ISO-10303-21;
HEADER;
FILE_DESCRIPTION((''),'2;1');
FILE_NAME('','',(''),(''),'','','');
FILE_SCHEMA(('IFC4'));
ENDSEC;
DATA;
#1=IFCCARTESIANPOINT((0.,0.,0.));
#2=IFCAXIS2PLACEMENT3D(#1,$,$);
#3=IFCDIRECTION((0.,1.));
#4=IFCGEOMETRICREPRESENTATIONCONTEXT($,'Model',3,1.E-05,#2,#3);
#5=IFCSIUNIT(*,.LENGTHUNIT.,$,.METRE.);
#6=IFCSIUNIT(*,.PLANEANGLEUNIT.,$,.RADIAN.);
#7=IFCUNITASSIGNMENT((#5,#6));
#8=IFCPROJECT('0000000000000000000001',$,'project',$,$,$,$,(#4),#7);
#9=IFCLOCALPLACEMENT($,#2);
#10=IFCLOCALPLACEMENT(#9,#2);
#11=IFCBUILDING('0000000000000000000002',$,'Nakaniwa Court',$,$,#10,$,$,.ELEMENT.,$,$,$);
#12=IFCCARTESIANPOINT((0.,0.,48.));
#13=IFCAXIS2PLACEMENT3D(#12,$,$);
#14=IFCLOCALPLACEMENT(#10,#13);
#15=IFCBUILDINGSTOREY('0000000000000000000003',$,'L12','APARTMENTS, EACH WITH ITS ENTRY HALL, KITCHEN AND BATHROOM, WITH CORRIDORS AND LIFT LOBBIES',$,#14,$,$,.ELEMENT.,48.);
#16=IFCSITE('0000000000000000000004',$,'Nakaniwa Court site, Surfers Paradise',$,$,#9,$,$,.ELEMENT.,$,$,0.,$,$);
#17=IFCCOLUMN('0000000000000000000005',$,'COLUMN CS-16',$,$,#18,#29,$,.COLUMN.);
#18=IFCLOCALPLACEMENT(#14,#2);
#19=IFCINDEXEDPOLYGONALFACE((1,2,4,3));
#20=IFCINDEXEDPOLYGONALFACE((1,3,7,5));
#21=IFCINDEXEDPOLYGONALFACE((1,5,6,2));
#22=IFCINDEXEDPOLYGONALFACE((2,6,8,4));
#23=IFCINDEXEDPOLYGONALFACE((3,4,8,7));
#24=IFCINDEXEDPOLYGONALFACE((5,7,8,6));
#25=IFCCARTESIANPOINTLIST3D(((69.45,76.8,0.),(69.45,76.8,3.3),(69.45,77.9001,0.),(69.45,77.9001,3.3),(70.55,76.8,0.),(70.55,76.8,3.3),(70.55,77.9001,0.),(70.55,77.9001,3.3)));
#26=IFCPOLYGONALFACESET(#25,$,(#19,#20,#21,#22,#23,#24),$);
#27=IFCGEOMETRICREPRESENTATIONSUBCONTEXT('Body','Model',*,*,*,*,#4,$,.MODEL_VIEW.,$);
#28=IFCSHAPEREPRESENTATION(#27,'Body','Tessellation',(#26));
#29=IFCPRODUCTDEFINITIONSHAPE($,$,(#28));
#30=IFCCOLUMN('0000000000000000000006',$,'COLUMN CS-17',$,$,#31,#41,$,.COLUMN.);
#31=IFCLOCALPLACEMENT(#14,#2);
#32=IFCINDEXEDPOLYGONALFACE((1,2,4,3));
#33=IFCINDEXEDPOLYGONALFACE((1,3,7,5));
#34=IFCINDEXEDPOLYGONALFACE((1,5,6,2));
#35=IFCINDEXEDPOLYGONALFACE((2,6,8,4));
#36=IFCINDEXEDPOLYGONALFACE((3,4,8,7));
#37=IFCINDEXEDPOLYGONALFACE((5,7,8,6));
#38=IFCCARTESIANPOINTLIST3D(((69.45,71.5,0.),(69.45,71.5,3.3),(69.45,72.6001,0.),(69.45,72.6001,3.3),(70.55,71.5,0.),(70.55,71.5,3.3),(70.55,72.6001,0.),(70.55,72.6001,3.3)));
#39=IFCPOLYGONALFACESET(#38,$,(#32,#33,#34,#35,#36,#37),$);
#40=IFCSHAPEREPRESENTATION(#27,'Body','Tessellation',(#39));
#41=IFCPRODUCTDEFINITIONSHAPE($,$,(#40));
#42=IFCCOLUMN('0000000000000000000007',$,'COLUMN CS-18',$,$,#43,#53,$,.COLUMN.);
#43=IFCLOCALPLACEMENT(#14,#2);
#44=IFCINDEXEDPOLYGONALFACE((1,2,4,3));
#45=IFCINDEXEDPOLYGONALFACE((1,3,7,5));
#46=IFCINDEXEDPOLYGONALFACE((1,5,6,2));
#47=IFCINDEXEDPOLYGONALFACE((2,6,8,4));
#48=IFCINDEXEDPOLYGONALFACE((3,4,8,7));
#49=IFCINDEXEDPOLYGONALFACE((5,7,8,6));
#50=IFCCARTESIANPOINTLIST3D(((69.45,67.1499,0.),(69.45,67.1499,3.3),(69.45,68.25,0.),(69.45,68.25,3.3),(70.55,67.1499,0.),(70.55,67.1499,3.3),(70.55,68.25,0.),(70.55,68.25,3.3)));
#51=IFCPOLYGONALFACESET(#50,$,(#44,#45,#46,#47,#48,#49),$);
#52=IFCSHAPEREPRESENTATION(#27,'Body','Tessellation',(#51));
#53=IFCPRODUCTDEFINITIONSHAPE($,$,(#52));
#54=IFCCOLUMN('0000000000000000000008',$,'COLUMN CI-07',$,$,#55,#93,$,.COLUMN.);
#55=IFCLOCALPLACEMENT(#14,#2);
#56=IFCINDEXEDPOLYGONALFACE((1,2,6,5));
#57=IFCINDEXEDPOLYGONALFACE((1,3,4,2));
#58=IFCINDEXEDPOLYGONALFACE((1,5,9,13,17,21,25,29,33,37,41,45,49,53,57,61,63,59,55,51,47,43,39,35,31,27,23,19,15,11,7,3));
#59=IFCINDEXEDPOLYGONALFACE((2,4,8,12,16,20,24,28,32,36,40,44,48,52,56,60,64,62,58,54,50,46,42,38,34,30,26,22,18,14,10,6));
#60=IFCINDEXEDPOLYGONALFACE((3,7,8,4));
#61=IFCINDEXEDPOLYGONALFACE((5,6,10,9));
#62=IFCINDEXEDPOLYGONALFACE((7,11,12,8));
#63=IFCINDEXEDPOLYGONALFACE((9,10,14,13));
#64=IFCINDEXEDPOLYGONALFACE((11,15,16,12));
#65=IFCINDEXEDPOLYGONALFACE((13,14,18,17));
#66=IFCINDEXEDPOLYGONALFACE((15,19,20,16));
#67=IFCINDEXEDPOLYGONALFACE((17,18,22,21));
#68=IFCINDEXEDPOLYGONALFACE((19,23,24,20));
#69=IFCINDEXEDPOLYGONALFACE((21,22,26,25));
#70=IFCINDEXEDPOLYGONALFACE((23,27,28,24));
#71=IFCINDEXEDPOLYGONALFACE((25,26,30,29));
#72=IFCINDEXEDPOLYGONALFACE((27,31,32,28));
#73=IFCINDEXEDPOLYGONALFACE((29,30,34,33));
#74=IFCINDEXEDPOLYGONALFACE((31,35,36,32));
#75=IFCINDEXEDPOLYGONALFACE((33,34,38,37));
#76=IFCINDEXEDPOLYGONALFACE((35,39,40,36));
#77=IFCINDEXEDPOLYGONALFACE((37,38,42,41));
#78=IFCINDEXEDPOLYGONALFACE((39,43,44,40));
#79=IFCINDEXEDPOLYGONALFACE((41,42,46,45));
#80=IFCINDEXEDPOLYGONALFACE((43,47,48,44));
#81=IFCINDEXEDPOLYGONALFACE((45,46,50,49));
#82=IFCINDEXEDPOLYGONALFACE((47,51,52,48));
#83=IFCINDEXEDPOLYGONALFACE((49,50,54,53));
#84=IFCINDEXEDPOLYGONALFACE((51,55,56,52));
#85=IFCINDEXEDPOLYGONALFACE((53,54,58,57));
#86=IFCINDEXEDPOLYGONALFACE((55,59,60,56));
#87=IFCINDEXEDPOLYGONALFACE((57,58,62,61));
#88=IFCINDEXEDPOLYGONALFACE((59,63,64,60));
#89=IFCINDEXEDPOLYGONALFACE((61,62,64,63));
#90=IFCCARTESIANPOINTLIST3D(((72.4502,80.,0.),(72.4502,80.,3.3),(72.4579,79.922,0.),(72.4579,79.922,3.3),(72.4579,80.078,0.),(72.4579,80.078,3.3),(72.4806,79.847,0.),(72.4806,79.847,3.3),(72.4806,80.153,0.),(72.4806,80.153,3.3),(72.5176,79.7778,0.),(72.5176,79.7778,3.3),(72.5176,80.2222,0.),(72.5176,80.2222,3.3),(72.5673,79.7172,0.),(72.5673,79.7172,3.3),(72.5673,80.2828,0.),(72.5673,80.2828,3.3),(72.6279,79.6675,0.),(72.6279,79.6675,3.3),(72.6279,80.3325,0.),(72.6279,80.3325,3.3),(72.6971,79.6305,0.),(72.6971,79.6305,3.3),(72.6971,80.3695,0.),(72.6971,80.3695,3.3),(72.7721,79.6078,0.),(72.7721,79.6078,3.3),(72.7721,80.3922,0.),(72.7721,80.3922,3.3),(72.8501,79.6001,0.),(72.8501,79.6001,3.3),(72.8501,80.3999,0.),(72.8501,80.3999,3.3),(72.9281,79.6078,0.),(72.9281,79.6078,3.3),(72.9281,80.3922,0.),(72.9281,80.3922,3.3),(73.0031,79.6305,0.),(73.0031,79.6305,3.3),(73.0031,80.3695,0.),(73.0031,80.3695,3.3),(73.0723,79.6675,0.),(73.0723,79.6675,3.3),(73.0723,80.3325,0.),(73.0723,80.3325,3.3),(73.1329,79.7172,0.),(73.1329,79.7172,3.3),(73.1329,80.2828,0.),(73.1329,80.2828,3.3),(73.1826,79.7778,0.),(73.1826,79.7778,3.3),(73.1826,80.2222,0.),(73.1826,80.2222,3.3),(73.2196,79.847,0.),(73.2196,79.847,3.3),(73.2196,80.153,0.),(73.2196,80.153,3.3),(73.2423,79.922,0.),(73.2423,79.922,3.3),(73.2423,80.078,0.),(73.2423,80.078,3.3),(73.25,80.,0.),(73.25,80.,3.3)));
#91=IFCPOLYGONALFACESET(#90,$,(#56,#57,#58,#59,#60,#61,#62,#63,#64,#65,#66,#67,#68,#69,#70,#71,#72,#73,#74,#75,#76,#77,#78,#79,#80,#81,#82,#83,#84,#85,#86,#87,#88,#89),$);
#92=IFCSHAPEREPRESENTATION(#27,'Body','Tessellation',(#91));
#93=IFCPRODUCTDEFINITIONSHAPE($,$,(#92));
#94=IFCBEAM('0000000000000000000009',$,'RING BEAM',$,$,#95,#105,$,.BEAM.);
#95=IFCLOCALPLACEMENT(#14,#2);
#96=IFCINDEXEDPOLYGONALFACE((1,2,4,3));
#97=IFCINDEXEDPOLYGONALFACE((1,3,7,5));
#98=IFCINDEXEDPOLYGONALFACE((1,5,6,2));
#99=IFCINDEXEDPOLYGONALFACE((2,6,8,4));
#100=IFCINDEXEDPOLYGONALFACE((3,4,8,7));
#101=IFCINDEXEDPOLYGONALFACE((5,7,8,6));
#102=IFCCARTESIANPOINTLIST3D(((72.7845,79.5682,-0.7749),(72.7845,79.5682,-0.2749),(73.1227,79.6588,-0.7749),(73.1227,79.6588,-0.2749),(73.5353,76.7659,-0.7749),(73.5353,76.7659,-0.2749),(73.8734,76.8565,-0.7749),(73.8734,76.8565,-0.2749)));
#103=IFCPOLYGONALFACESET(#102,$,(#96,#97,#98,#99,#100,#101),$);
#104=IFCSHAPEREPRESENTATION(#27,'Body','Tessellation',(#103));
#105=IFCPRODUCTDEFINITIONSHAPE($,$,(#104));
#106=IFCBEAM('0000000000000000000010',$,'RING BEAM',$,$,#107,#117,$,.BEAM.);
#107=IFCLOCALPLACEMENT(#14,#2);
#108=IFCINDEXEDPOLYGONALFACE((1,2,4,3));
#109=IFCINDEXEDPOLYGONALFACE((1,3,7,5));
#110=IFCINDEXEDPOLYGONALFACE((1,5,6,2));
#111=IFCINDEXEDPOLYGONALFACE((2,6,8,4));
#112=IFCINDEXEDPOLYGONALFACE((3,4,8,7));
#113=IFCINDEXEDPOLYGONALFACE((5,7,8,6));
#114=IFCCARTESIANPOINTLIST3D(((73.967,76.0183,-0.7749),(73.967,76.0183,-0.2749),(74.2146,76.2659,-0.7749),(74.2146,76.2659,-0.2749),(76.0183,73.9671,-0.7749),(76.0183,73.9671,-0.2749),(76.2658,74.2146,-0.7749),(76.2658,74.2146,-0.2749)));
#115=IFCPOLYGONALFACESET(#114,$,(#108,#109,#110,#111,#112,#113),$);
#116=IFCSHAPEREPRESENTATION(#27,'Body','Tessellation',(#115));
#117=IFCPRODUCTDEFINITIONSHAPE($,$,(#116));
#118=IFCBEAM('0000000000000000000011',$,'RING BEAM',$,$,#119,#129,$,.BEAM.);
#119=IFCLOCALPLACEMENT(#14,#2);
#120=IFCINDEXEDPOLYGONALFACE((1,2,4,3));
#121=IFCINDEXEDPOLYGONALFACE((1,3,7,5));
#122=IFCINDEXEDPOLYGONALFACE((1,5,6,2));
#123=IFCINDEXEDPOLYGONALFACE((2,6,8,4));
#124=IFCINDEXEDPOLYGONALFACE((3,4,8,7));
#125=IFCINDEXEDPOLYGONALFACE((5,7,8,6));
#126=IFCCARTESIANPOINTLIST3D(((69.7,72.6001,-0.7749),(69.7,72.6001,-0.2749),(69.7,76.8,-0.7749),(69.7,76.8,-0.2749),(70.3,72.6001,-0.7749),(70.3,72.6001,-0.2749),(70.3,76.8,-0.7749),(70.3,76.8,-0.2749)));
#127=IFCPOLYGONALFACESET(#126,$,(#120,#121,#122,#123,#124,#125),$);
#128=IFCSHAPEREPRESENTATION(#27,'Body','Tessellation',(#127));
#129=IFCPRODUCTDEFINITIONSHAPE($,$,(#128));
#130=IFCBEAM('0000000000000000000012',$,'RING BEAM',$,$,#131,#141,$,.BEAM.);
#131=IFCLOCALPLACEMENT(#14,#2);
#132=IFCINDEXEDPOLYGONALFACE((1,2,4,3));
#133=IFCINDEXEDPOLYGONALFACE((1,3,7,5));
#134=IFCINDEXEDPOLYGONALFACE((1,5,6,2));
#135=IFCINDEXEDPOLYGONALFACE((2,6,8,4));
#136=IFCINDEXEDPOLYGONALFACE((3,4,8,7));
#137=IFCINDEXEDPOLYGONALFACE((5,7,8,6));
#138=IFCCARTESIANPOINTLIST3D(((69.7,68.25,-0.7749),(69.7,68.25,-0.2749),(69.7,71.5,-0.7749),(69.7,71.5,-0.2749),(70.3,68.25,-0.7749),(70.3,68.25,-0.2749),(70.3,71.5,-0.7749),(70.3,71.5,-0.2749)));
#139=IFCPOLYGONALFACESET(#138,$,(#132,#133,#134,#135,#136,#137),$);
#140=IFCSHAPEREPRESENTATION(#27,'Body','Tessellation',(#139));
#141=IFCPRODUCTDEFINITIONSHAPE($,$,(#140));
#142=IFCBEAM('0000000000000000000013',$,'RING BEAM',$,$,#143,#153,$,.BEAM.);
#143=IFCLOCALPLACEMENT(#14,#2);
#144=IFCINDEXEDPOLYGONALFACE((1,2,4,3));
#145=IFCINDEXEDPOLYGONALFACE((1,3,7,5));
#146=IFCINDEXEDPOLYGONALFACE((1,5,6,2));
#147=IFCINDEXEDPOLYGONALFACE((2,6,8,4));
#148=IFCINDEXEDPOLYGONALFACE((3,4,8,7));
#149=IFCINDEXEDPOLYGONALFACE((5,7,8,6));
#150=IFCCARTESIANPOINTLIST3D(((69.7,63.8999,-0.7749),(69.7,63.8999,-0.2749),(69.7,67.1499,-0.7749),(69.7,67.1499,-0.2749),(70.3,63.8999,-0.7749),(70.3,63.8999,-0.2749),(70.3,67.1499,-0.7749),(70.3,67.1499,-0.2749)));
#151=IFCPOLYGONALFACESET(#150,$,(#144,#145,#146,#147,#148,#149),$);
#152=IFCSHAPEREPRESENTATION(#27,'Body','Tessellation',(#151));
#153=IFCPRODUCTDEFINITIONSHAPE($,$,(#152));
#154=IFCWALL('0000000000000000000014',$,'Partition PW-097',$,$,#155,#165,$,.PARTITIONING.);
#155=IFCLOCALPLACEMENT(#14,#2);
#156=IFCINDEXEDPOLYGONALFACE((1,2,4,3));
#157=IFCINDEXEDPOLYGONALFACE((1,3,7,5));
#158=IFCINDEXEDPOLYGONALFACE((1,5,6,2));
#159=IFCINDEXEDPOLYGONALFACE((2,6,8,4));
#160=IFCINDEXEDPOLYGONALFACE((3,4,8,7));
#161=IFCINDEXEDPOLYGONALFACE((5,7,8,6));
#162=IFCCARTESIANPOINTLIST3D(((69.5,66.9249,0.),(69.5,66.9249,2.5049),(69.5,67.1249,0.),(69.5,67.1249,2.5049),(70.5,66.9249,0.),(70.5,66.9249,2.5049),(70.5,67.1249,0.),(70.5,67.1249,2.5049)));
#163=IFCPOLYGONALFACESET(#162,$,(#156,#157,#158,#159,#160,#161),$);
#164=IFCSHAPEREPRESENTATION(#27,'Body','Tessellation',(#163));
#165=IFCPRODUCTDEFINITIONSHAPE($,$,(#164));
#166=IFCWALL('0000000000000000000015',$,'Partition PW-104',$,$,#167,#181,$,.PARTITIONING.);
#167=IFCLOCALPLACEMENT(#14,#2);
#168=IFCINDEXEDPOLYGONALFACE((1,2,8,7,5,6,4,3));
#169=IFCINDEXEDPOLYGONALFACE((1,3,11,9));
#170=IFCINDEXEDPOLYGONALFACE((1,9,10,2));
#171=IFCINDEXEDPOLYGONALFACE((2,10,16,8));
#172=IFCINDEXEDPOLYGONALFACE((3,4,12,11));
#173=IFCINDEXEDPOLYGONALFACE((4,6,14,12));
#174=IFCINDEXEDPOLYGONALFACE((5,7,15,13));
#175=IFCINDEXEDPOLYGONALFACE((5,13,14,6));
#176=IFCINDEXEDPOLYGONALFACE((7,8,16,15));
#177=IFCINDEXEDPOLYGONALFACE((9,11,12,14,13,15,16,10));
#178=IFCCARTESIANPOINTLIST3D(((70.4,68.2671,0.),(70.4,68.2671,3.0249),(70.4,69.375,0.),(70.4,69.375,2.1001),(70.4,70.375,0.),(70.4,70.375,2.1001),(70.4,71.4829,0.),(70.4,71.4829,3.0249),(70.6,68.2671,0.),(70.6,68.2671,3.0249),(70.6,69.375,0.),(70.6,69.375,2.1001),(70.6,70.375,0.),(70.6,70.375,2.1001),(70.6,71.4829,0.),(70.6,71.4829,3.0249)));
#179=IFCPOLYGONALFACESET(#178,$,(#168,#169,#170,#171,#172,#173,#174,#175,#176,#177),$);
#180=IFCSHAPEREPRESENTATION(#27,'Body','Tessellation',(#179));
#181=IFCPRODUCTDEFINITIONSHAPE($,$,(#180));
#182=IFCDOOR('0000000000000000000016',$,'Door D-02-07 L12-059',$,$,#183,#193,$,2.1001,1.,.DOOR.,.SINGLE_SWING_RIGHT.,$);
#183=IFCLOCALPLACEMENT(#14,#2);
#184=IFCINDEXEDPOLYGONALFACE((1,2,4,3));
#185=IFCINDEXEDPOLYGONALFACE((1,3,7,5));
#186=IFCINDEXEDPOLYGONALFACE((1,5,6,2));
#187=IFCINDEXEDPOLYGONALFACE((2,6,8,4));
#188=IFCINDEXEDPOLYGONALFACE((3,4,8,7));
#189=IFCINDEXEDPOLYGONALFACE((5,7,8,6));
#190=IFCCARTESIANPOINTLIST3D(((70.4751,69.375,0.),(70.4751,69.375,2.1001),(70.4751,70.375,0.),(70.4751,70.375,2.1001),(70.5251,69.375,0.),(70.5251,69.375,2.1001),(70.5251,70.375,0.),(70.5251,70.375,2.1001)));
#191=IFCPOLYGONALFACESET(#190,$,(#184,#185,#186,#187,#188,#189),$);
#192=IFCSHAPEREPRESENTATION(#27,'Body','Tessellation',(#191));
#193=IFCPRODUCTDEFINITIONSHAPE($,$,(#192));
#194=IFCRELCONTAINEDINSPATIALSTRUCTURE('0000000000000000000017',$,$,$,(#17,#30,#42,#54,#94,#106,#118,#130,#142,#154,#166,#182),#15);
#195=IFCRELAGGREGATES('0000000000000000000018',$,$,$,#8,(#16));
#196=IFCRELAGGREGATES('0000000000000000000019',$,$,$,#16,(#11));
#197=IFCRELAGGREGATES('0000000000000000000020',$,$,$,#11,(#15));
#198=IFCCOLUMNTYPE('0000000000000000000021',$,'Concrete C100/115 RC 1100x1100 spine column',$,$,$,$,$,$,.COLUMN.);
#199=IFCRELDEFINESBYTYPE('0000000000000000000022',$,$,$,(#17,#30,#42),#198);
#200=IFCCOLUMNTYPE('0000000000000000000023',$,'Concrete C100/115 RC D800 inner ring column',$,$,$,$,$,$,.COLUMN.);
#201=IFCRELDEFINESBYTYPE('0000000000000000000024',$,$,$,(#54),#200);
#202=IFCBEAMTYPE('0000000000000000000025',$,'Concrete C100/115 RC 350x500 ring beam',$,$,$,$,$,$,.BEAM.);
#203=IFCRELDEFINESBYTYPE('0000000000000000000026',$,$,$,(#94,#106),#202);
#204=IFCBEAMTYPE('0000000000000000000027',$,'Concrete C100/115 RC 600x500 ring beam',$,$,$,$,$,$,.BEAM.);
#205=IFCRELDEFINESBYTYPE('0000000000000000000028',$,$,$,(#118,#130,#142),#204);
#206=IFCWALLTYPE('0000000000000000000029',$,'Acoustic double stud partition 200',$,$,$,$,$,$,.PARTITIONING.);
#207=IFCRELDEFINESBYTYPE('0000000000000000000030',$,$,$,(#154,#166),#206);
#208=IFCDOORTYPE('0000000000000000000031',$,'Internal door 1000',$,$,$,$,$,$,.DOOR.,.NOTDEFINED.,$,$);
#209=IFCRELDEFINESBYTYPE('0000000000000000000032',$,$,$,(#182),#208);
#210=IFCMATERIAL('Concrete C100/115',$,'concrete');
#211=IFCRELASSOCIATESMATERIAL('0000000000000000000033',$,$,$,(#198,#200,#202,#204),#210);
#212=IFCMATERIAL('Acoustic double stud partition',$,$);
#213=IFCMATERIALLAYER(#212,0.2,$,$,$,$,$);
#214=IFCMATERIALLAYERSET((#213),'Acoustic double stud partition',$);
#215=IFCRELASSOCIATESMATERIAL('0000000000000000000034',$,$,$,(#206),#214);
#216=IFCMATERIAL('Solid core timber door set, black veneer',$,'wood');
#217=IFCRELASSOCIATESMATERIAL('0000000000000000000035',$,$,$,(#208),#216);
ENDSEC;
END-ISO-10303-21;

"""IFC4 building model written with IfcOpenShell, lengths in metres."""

from ifc_helpers import new_model, si_unit, direction, frame, frame_2d, origin, origin_2d, place, context, subcontext, project, spatial, rectangle, circle, extrude, material, layer, layer_set, material_profile, profile_set, type_object, element, fill, save


model = new_model("IFC4")

# Units and contexts
model_context = context("Model", 3, precision=1e-05, world=origin(), true_north=direction((0.0, 1.0)))
body_context = subcontext(model_context, "Body", "Model", "MODEL_VIEW")
ifc_project = project(units=[si_unit("LENGTHUNIT", "METRE"), si_unit("PLANEANGLEUNIT", "RADIAN")], contexts=[model_context])

# Site, building, storey
site_placement = place(None, origin())
site = spatial("IfcSite", under=ifc_project, at=site_placement, Name="Nakaniwa Court site, Surfers Paradise", CompositionType="ELEMENT", RefElevation=0.0)
building_placement = place(site_placement, origin())
building = spatial("IfcBuilding", under=site, at=building_placement, Name="Nakaniwa Court", CompositionType="ELEMENT")
storey_placement = place(building_placement, frame((0.0, 0.0, 48.0)))
storey = spatial("IfcBuildingStorey", under=building, at=storey_placement, Name="L12", Description="APARTMENTS, EACH WITH ITS ENTRY HALL, KITCHEN AND BATHROOM, WITH CORRIDORS AND LIFT LOBBIES", CompositionType="ELEMENT", Elevation=48.0)

# Columns
ifc_material_1 = material(Name="Concrete C100/115", Category="concrete")
ifc_material_profile_1 = material_profile(ifc_material_1, rectangle(XDim=1.1001, YDim=1.1001, at=origin_2d()), Name="Concrete C100/115 RC 1100x1100 spine column")
ifc_profile_set_1 = profile_set([ifc_material_profile_1], Name="Concrete C100/115")
column_type_1 = type_object("IfcColumnType", Name="Concrete C100/115 RC 1100x1100 spine column", PredefinedType="COLUMN", material=ifc_profile_set_1)
for number, where, z_axis, x_axis, name in (
    (1, (70.0, 77.3501, 0.0), (0.0, 0.0, 1.0), (0.0, -1.0, 0.0), "COLUMN CS-16"),
    (2, (70.0, 72.05, 0.0), (0.0, 0.0, 1.0), (0.0, -1.0, 0.0), "COLUMN CS-17"),
    (3, (70.0, 67.7, 0.0), (0.0, 0.0, 1.0), (0.0, -1.0, 0.0), "COLUMN CS-18"),
):
    element("IfcColumn", number, at=place(storey_placement, frame(where, z_axis=z_axis, x_axis=x_axis)), inside=storey, type_object=column_type_1, Name=name, PredefinedType="COLUMN", context=body_context, shape_type="SweptSolid", body=[
        extrude(rectangle(XDim=1.1001, YDim=1.1001, at=origin_2d()), origin(), (0.0, 0.0, 1.0), 3.3),
    ])
ifc_material_profile_2 = material_profile(ifc_material_1, circle(Radius=0.3999, at=origin_2d()), Name="Concrete C100/115 RC D800 inner ring column")
ifc_profile_set_2 = profile_set([ifc_material_profile_2], Name="Concrete C100/115")
column_type_2 = type_object("IfcColumnType", Name="Concrete C100/115 RC D800 inner ring column", PredefinedType="COLUMN", material=ifc_profile_set_2)
for number, where, z_axis, x_axis, name in (
    (4, (72.8501, 80.0, 0.0), (0.0, 0.0, 1.0), (0.0, -1.0, 0.0), "COLUMN CI-07"),
):
    element("IfcColumn", number, at=place(storey_placement, frame(where, z_axis=z_axis, x_axis=x_axis)), inside=storey, type_object=column_type_2, Name=name, PredefinedType="COLUMN", context=body_context, shape_type="SweptSolid", body=[
        extrude(circle(Radius=0.3999, at=origin_2d()), origin(), (0.0, 0.0, 1.0), 3.3),
    ])

# Beams
ifc_material_profile_3 = material_profile(ifc_material_1, rectangle(XDim=0.3501, YDim=0.5, at=origin_2d()), Name="Concrete C100/115 RC 350x500 ring beam")
ifc_profile_set_3 = profile_set([ifc_material_profile_3], Name="Concrete C100/115")
beam_type_1 = type_object("IfcBeamType", Name="Concrete C100/115 RC 350x500 ring beam", PredefinedType="BEAM", material=ifc_profile_set_3)
beam_1_placement = place(storey_placement, frame((72.9536, 79.6135, -0.5249), z_axis=(0.258778, -0.965937, 0.0), x_axis=(0.965937, 0.258778, 0.0)))
element("IfcBeam", 5, at=beam_1_placement, inside=storey, type_object=beam_type_1, Name="RING BEAM", PredefinedType="BEAM", context=body_context, shape_type="SweptSolid", body=[
    extrude(rectangle(XDim=0.3501, YDim=0.5, at=origin_2d()), origin(), (0.0, 0.0, 1.0), 2.9011),
])
beam_2_placement = place(storey_placement, frame((74.0908, 76.1421, -0.5249), z_axis=(0.707107, -0.707107, 0.0), x_axis=(0.707107, 0.707107, 0.0)))
element("IfcBeam", 6, at=beam_2_placement, inside=storey, type_object=beam_type_1, Name="RING BEAM", PredefinedType="BEAM", context=body_context, shape_type="SweptSolid", body=[
    extrude(rectangle(XDim=0.3501, YDim=0.5, at=origin_2d()), origin(), (0.0, 0.0, 1.0), 2.9009),
])
ifc_material_profile_4 = material_profile(ifc_material_1, rectangle(XDim=0.6001, YDim=0.5, at=origin_2d()), Name="Concrete C100/115 RC 600x500 ring beam")
ifc_profile_set_4 = profile_set([ifc_material_profile_4], Name="Concrete C100/115")
beam_type_2 = type_object("IfcBeamType", Name="Concrete C100/115 RC 600x500 ring beam", PredefinedType="BEAM", material=ifc_profile_set_4)
beam_3_placement = place(storey_placement, frame((70.0, 76.8, -0.5249), z_axis=(0.0, -1.0, 0.0), x_axis=(1.0, 0.0, 0.0)))
element("IfcBeam", 7, at=beam_3_placement, inside=storey, type_object=beam_type_2, Name="RING BEAM", PredefinedType="BEAM", context=body_context, shape_type="SweptSolid", body=[
    extrude(rectangle(XDim=0.6001, YDim=0.5, at=origin_2d()), origin(), (0.0, 0.0, 1.0), 4.2),
])
for number, where, z_axis, x_axis, name in (
    (8, (70.0, 71.5, -0.5249), (0.0, -1.0, 0.0), (1.0, 0.0, 0.0), "RING BEAM"),
    (9, (70.0, 67.1499, -0.5249), (0.0, -1.0, 0.0), (1.0, 0.0, 0.0), "RING BEAM"),
):
    element("IfcBeam", number, at=place(storey_placement, frame(where, z_axis=z_axis, x_axis=x_axis)), inside=storey, type_object=beam_type_2, Name=name, PredefinedType="BEAM", context=body_context, shape_type="SweptSolid", body=[
        extrude(rectangle(XDim=0.6001, YDim=0.5, at=origin_2d()), origin(), (0.0, 0.0, 1.0), 3.25),
    ])

# Wall
ifc_material_2 = material(Name="Acoustic double stud partition")
ifc_layer_1 = layer(ifc_material_2, 0.2)
ifc_layer_set_1 = layer_set([ifc_layer_1], Name="Acoustic double stud partition")
wall_type_1 = type_object("IfcWallType", Name="Acoustic double stud partition 200", PredefinedType="PARTITIONING", material=ifc_layer_set_1)
wall_1_placement = place(storey_placement, frame((69.5, 67.0249, 0.0), z_axis=(0.0, 0.0, 1.0), x_axis=(1.0, 0.0, 0.0)))
element("IfcWall", 10, at=wall_1_placement, inside=storey, type_object=wall_type_1, Name="Partition PW-097", PredefinedType="PARTITIONING", context=body_context, shape_type="SweptSolid", body=[
    extrude(rectangle(XDim=1.0, YDim=0.2, at=frame_2d((0.5, 0.0))), origin(), (0.0, 0.0, 1.0), 2.5049),
])

# Wall, opening, door
wall_2_placement = place(storey_placement, frame((70.5, 68.2671, 0.0), z_axis=(0.0, 0.0, 1.0), x_axis=(0.0, 1.0, 0.0)))
wall_2 = element("IfcWall", 11, at=wall_2_placement, inside=storey, type_object=wall_type_1, Name="Partition PW-104", PredefinedType="PARTITIONING", context=body_context, shape_type="SweptSolid", body=[
    extrude(rectangle(XDim=3.2158, YDim=0.2, at=frame_2d((1.6079, 0.0))), origin(), (0.0, 0.0, 1.0), 3.0249),
])
opening_1_placement = place(wall_2_placement, frame((1.1079, 0.0, 0.0)))
opening_1 = element("IfcOpeningElement", 12, at=opening_1_placement, cuts=wall_2, PredefinedType="OPENING", context=body_context, shape_type="SweptSolid", body=[
    extrude(rectangle(XDim=1.0, YDim=2.1001, at=frame_2d((0.5, 1.05))), frame((0.0, 0.1099, 0.0), z_axis=(0.0, -1.0, 0.0), x_axis=(1.0, 0.0, 0.0)), (0.0, 0.0, 1.0), 0.22),
])
ifc_material_3 = material(Name="Solid core timber door set, black veneer", Category="wood")
door_type_1 = type_object("IfcDoorType", Name="Internal door 1000", OperationType="NOTDEFINED", PredefinedType="DOOR", material=ifc_material_3)
door_1_placement = place(opening_1_placement, origin())
door_1 = element("IfcDoor", 13, at=door_1_placement, inside=storey, type_object=door_type_1, Name="Door D-02-07 L12-059", OperationType="SINGLE_SWING_RIGHT", OverallHeight=2.1001, OverallWidth=1.0, PredefinedType="DOOR", context=body_context, shape_type="SweptSolid", body=[
    extrude(rectangle(XDim=1.0, YDim=2.1001, at=frame_2d((0.5, 1.05))), frame((0.0, 0.0249, 0.0), z_axis=(0.0, -1.0, 0.0), x_axis=(1.0, 0.0, 0.0)), (0.0, 0.0, 1.0), 0.05),
])
fill(opening_1, door_1)

save(model, "model.ifc")
